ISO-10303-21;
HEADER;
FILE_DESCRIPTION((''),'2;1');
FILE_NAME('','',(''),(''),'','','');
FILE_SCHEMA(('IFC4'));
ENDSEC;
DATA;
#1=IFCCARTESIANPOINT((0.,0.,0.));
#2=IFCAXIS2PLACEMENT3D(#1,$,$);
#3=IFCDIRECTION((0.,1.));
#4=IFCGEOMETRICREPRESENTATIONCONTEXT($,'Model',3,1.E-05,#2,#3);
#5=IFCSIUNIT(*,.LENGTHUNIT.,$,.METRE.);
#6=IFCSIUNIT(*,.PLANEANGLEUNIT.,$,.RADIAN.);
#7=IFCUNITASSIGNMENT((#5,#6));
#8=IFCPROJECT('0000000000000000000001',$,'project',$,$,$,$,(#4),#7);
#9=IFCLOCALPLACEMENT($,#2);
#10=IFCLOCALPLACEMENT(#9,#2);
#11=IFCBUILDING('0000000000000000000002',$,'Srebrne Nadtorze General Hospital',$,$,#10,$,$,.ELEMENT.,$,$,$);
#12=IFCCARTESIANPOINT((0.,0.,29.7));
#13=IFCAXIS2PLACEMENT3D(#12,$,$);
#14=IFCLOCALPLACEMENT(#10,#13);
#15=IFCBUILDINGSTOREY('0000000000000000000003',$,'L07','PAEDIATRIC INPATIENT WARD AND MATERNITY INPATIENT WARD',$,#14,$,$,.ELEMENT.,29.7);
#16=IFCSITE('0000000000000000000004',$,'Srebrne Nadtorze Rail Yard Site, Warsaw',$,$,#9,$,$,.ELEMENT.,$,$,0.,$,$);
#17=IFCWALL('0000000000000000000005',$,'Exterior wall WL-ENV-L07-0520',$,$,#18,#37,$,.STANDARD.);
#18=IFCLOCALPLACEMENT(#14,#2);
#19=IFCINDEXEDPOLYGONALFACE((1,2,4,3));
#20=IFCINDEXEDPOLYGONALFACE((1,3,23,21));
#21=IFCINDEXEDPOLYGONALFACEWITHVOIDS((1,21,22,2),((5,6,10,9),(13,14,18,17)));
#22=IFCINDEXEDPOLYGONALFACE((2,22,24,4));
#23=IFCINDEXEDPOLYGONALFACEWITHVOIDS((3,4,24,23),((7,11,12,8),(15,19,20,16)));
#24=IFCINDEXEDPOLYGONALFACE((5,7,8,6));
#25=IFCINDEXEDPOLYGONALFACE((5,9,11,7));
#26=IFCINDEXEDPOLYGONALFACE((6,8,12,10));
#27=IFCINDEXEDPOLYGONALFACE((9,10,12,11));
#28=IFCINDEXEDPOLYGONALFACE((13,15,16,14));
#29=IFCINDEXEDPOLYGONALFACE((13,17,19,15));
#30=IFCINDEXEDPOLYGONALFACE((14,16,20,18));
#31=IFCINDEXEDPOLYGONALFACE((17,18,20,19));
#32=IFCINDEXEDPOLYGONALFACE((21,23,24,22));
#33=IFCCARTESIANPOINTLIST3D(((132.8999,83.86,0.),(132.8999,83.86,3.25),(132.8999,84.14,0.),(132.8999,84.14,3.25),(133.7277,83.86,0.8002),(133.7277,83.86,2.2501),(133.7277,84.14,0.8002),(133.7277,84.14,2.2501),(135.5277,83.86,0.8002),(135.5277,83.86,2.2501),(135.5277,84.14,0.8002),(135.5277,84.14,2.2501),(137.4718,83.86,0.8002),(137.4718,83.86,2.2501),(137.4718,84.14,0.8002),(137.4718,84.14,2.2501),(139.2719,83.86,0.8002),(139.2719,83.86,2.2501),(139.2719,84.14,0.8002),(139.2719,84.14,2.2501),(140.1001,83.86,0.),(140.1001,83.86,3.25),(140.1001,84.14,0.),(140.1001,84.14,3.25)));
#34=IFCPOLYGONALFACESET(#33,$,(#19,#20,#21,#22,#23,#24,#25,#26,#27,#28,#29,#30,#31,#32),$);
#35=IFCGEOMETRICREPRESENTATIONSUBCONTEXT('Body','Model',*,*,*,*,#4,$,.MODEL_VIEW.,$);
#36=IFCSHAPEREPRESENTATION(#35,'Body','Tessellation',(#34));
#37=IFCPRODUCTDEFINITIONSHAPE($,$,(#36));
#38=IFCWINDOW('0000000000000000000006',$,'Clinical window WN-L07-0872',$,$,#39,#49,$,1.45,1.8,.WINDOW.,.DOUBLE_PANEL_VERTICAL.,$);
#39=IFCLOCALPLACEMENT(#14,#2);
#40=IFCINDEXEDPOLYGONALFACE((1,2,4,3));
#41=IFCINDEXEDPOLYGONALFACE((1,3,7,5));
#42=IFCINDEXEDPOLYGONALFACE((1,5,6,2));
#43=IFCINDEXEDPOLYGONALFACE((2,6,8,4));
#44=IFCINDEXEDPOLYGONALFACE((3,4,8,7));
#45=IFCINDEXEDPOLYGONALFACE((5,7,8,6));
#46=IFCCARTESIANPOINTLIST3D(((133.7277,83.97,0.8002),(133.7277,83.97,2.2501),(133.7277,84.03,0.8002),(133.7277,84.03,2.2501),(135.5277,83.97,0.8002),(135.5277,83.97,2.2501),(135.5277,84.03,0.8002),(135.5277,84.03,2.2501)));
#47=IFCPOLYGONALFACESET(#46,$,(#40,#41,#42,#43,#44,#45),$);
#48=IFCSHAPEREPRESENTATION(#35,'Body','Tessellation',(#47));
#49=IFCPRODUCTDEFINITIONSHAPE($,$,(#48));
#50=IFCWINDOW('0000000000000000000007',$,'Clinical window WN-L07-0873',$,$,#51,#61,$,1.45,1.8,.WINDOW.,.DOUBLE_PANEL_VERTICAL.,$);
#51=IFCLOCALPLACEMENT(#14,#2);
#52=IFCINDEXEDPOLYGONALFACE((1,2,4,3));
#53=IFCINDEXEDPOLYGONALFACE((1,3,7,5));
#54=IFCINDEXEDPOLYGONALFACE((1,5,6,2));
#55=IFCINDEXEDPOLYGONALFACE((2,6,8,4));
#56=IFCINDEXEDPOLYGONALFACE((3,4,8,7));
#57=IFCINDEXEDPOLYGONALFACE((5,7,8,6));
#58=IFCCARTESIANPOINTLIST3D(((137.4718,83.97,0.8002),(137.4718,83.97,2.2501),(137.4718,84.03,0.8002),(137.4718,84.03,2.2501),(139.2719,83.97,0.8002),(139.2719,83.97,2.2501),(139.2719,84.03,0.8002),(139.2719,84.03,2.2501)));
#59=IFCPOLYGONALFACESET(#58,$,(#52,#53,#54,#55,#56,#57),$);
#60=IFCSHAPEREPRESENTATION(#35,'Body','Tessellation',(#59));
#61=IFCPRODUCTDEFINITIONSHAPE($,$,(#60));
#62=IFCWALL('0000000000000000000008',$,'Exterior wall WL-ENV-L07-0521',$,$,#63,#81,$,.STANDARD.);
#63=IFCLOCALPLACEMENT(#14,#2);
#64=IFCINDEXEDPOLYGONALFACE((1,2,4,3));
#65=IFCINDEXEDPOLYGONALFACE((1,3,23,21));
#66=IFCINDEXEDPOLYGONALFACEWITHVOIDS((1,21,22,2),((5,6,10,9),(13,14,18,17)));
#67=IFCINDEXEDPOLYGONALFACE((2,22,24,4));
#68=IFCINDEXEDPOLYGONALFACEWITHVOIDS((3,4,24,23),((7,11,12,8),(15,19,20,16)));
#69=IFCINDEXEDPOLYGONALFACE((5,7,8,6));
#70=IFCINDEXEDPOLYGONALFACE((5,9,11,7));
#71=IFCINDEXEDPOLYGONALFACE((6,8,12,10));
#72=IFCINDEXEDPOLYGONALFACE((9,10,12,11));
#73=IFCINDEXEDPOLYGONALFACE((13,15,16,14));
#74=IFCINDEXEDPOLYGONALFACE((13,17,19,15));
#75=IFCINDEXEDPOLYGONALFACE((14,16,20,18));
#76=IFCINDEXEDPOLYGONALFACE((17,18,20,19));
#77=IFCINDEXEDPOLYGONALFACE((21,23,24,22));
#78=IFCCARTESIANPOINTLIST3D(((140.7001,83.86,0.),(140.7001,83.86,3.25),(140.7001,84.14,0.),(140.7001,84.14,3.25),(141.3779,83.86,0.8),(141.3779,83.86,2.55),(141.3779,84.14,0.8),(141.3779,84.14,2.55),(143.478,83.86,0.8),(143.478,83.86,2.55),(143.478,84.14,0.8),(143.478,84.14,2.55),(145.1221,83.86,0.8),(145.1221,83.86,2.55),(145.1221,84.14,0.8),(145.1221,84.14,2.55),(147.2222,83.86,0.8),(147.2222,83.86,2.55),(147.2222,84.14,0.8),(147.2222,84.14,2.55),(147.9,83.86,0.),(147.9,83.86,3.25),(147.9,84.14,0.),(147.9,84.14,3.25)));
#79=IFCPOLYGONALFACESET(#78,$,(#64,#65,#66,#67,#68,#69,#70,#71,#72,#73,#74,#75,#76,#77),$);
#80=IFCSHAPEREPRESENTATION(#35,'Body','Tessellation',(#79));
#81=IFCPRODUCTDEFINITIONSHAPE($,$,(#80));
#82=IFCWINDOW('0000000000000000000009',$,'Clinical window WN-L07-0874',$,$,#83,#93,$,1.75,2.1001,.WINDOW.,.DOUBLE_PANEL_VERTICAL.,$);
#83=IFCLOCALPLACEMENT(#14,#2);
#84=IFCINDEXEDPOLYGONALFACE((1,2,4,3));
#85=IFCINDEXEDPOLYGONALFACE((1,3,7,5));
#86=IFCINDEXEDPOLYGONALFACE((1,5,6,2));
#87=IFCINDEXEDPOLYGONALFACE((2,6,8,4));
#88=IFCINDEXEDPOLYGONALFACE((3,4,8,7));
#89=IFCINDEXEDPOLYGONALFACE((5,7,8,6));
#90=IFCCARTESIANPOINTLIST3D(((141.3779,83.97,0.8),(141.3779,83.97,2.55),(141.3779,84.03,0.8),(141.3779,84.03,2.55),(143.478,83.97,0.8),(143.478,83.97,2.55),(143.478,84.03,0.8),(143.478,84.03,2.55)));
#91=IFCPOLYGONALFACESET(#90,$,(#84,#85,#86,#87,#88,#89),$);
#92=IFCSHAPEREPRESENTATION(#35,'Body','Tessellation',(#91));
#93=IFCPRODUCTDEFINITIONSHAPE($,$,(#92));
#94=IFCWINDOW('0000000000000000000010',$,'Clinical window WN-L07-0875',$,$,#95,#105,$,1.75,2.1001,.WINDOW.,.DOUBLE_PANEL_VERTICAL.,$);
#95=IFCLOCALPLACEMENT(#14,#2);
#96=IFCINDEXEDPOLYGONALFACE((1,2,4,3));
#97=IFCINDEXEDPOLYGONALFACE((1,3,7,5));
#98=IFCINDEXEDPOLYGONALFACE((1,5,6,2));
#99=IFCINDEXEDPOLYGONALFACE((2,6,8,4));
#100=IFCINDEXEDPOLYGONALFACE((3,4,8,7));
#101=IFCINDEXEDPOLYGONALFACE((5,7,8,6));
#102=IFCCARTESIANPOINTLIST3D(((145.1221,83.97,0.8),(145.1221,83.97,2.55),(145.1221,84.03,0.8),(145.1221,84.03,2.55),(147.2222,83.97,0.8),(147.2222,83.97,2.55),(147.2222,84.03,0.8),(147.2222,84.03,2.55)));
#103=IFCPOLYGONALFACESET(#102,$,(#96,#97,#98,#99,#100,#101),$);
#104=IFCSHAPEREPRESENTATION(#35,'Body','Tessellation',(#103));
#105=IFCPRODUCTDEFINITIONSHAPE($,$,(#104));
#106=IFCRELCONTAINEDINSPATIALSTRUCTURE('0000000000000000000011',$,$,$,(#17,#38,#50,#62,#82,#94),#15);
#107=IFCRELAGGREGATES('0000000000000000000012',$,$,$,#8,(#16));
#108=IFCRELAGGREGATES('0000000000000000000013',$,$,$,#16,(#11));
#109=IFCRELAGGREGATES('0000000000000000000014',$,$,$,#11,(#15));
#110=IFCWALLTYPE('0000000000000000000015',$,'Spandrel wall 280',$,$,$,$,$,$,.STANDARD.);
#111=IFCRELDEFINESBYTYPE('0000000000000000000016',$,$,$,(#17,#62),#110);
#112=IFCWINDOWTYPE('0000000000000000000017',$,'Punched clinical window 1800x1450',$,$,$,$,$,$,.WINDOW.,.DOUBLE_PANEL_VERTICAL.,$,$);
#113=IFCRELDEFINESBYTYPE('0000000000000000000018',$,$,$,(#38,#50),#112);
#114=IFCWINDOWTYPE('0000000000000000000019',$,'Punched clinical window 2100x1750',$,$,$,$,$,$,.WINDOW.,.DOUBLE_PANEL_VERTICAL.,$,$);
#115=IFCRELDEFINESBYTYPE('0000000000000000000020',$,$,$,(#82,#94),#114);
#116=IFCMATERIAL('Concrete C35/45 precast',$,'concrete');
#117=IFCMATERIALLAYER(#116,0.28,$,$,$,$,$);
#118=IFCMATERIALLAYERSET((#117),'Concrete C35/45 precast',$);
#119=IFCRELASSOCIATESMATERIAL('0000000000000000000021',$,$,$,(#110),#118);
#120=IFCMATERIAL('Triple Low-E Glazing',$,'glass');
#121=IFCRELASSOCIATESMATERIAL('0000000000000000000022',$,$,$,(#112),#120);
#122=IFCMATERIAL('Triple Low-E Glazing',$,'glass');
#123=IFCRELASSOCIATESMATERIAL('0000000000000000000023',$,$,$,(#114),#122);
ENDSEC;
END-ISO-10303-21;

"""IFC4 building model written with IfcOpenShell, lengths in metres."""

from ifc_helpers import new_model, si_unit, direction, frame, frame_2d, origin, place, context, subcontext, project, spatial, rectangle, extrude, material, layer, layer_set, type_object, element, fill, save


model = new_model("IFC4")

# Units and contexts
model_context = context("Model", 3, precision=1e-05, world=origin(), true_north=direction((0.0, 1.0)))
body_context = subcontext(model_context, "Body", "Model", "MODEL_VIEW")
ifc_project = project(units=[si_unit("LENGTHUNIT", "METRE"), si_unit("PLANEANGLEUNIT", "RADIAN")], contexts=[model_context])

# Site, building, storey
site_placement = place(None, origin())
site = spatial("IfcSite", under=ifc_project, at=site_placement, Name="Srebrne Nadtorze Rail Yard Site, Warsaw", CompositionType="ELEMENT", RefElevation=0.0)
building_placement = place(site_placement, origin())
building = spatial("IfcBuilding", under=site, at=building_placement, Name="Srebrne Nadtorze General Hospital", CompositionType="ELEMENT")
storey_placement = place(building_placement, frame((0.0, 0.0, 29.7)))
storey = spatial("IfcBuildingStorey", under=building, at=storey_placement, Name="L07", Description="PAEDIATRIC INPATIENT WARD AND MATERNITY INPATIENT WARD", CompositionType="ELEMENT", Elevation=29.7)

# Walls, openings, windows
ifc_material_1 = material(Name="Concrete C35/45 precast", Category="concrete")
ifc_layer_1 = layer(ifc_material_1, 0.28)
ifc_layer_set_1 = layer_set([ifc_layer_1], Name="Concrete C35/45 precast")
wall_type_1 = type_object("IfcWallType", Name="Spandrel wall 280", PredefinedType="STANDARD", material=ifc_layer_set_1)
wall_1_placement = place(storey_placement, frame((132.8999, 84.0, 0.0), z_axis=(0.0, 0.0, 1.0), x_axis=(1.0, 0.0, 0.0)))
wall_1 = element("IfcWall", 1, at=wall_1_placement, inside=storey, type_object=wall_type_1, Name="Exterior wall WL-ENV-L07-0520", PredefinedType="STANDARD", context=body_context, shape_type="SweptSolid", body=[
    extrude(rectangle(XDim=7.2002, YDim=0.28, at=frame_2d((3.6001, 0.0))), origin(), (0.0, 0.0, 1.0), 3.25),
])
opening_1_placement = place(wall_1_placement, frame((0.8279, 0.0, 0.8)))
opening_1 = element("IfcOpeningElement", 2, at=opening_1_placement, cuts=wall_1, PredefinedType="OPENING", context=body_context, shape_type="SweptSolid", body=[
    extrude(rectangle(XDim=1.8, YDim=1.45, at=frame_2d((0.8999, 0.7251))), frame((0.0, 0.1519, 0.0), z_axis=(0.0, -1.0, 0.0), x_axis=(1.0, 0.0, 0.0)), (0.0, 0.0, 1.0), 0.304),
])
opening_2_placement = place(wall_1_placement, frame((4.572, 0.0, 0.8)))
opening_2 = element("IfcOpeningElement", 3, at=opening_2_placement, cuts=wall_1, PredefinedType="OPENING", context=body_context, shape_type="SweptSolid", body=[
    extrude(rectangle(XDim=1.8, YDim=1.45, at=frame_2d((0.8999, 0.7251))), frame((0.0, 0.1519, 0.0), z_axis=(0.0, -1.0, 0.0), x_axis=(1.0, 0.0, 0.0)), (0.0, 0.0, 1.0), 0.304),
])
ifc_material_2 = material(Name="Triple Low-E Glazing", Category="glass")
window_type_1 = type_object("IfcWindowType", Name="Punched clinical window 1800x1450", PartitioningType="DOUBLE_PANEL_VERTICAL", PredefinedType="WINDOW", material=ifc_material_2)
window_1_placement = place(opening_1_placement, origin())
window_1 = element("IfcWindow", 4, at=window_1_placement, inside=storey, type_object=window_type_1, Name="Clinical window WN-L07-0872", OverallHeight=1.45, OverallWidth=1.8, PartitioningType="DOUBLE_PANEL_VERTICAL", PredefinedType="WINDOW", context=body_context, shape_type="SweptSolid", body=[
    extrude(rectangle(XDim=1.8, YDim=1.45, at=frame_2d((0.8999, 0.7251))), frame((0.0, 0.03, 0.0), z_axis=(0.0, -1.0, 0.0), x_axis=(1.0, 0.0, 0.0)), (0.0, 0.0, 1.0), 0.0601),
])
fill(opening_1, window_1)
window_2_placement = place(opening_2_placement, origin())
window_2 = element("IfcWindow", 5, at=window_2_placement, inside=storey, type_object=window_type_1, Name="Clinical window WN-L07-0873", OverallHeight=1.45, OverallWidth=1.8, PartitioningType="DOUBLE_PANEL_VERTICAL", PredefinedType="WINDOW", context=body_context, shape_type="SweptSolid", body=[
    extrude(rectangle(XDim=1.8, YDim=1.45, at=frame_2d((0.8999, 0.7251))), frame((0.0, 0.03, 0.0), z_axis=(0.0, -1.0, 0.0), x_axis=(1.0, 0.0, 0.0)), (0.0, 0.0, 1.0), 0.0601),
])
fill(opening_2, window_2)
wall_2_placement = place(storey_placement, frame((140.7, 84.0, 0.0), z_axis=(0.0, 0.0, 1.0), x_axis=(1.0, 0.0, 0.0)))
wall_2 = element("IfcWall", 6, at=wall_2_placement, inside=storey, type_object=wall_type_1, Name="Exterior wall WL-ENV-L07-0521", PredefinedType="STANDARD", context=body_context, shape_type="SweptSolid", body=[
    extrude(rectangle(XDim=7.2, YDim=0.28, at=frame_2d((3.6001, 0.0))), origin(), (0.0, 0.0, 1.0), 3.25),
])
opening_3_placement = place(wall_2_placement, frame((0.678, 0.0, 0.8)))
opening_3 = element("IfcOpeningElement", 7, at=opening_3_placement, cuts=wall_2, PredefinedType="OPENING", context=body_context, shape_type="SweptSolid", body=[
    extrude(rectangle(XDim=2.1001, YDim=1.75, at=frame_2d((1.05, 0.875))), frame((0.0, 0.1519, 0.0), z_axis=(0.0, -1.0, 0.0), x_axis=(1.0, 0.0, 0.0)), (0.0, 0.0, 1.0), 0.304),
])
opening_4_placement = place(wall_2_placement, frame((4.4221, 0.0, 0.8)))
opening_4 = element("IfcOpeningElement", 8, at=opening_4_placement, cuts=wall_2, PredefinedType="OPENING", context=body_context, shape_type="SweptSolid", body=[
    extrude(rectangle(XDim=2.1001, YDim=1.75, at=frame_2d((1.05, 0.875))), frame((0.0, 0.1519, 0.0), z_axis=(0.0, -1.0, 0.0), x_axis=(1.0, 0.0, 0.0)), (0.0, 0.0, 1.0), 0.304),
])
ifc_material_3 = material(Name="Triple Low-E Glazing", Category="glass")
window_type_2 = type_object("IfcWindowType", Name="Punched clinical window 2100x1750", PartitioningType="DOUBLE_PANEL_VERTICAL", PredefinedType="WINDOW", material=ifc_material_3)
window_3_placement = place(opening_3_placement, origin())
window_3 = element("IfcWindow", 9, at=window_3_placement, inside=storey, type_object=window_type_2, Name="Clinical window WN-L07-0874", OverallHeight=1.75, OverallWidth=2.1001, PartitioningType="DOUBLE_PANEL_VERTICAL", PredefinedType="WINDOW", context=body_context, shape_type="SweptSolid", body=[
    extrude(rectangle(XDim=2.1001, YDim=1.75, at=frame_2d((1.05, 0.875))), frame((0.0, 0.03, 0.0), z_axis=(0.0, -1.0, 0.0), x_axis=(1.0, 0.0, 0.0)), (0.0, 0.0, 1.0), 0.0601),
])
fill(opening_3, window_3)
window_4_placement = place(opening_4_placement, origin())
window_4 = element("IfcWindow", 10, at=window_4_placement, inside=storey, type_object=window_type_2, Name="Clinical window WN-L07-0875", OverallHeight=1.75, OverallWidth=2.1001, PartitioningType="DOUBLE_PANEL_VERTICAL", PredefinedType="WINDOW", context=body_context, shape_type="SweptSolid", body=[
    extrude(rectangle(XDim=2.1001, YDim=1.75, at=frame_2d((1.05, 0.875))), frame((0.0, 0.03, 0.0), z_axis=(0.0, -1.0, 0.0), x_axis=(1.0, 0.0, 0.0)), (0.0, 0.0, 1.0), 0.0601),
])
fill(opening_4, window_4)

save(model, "model.ifc")
